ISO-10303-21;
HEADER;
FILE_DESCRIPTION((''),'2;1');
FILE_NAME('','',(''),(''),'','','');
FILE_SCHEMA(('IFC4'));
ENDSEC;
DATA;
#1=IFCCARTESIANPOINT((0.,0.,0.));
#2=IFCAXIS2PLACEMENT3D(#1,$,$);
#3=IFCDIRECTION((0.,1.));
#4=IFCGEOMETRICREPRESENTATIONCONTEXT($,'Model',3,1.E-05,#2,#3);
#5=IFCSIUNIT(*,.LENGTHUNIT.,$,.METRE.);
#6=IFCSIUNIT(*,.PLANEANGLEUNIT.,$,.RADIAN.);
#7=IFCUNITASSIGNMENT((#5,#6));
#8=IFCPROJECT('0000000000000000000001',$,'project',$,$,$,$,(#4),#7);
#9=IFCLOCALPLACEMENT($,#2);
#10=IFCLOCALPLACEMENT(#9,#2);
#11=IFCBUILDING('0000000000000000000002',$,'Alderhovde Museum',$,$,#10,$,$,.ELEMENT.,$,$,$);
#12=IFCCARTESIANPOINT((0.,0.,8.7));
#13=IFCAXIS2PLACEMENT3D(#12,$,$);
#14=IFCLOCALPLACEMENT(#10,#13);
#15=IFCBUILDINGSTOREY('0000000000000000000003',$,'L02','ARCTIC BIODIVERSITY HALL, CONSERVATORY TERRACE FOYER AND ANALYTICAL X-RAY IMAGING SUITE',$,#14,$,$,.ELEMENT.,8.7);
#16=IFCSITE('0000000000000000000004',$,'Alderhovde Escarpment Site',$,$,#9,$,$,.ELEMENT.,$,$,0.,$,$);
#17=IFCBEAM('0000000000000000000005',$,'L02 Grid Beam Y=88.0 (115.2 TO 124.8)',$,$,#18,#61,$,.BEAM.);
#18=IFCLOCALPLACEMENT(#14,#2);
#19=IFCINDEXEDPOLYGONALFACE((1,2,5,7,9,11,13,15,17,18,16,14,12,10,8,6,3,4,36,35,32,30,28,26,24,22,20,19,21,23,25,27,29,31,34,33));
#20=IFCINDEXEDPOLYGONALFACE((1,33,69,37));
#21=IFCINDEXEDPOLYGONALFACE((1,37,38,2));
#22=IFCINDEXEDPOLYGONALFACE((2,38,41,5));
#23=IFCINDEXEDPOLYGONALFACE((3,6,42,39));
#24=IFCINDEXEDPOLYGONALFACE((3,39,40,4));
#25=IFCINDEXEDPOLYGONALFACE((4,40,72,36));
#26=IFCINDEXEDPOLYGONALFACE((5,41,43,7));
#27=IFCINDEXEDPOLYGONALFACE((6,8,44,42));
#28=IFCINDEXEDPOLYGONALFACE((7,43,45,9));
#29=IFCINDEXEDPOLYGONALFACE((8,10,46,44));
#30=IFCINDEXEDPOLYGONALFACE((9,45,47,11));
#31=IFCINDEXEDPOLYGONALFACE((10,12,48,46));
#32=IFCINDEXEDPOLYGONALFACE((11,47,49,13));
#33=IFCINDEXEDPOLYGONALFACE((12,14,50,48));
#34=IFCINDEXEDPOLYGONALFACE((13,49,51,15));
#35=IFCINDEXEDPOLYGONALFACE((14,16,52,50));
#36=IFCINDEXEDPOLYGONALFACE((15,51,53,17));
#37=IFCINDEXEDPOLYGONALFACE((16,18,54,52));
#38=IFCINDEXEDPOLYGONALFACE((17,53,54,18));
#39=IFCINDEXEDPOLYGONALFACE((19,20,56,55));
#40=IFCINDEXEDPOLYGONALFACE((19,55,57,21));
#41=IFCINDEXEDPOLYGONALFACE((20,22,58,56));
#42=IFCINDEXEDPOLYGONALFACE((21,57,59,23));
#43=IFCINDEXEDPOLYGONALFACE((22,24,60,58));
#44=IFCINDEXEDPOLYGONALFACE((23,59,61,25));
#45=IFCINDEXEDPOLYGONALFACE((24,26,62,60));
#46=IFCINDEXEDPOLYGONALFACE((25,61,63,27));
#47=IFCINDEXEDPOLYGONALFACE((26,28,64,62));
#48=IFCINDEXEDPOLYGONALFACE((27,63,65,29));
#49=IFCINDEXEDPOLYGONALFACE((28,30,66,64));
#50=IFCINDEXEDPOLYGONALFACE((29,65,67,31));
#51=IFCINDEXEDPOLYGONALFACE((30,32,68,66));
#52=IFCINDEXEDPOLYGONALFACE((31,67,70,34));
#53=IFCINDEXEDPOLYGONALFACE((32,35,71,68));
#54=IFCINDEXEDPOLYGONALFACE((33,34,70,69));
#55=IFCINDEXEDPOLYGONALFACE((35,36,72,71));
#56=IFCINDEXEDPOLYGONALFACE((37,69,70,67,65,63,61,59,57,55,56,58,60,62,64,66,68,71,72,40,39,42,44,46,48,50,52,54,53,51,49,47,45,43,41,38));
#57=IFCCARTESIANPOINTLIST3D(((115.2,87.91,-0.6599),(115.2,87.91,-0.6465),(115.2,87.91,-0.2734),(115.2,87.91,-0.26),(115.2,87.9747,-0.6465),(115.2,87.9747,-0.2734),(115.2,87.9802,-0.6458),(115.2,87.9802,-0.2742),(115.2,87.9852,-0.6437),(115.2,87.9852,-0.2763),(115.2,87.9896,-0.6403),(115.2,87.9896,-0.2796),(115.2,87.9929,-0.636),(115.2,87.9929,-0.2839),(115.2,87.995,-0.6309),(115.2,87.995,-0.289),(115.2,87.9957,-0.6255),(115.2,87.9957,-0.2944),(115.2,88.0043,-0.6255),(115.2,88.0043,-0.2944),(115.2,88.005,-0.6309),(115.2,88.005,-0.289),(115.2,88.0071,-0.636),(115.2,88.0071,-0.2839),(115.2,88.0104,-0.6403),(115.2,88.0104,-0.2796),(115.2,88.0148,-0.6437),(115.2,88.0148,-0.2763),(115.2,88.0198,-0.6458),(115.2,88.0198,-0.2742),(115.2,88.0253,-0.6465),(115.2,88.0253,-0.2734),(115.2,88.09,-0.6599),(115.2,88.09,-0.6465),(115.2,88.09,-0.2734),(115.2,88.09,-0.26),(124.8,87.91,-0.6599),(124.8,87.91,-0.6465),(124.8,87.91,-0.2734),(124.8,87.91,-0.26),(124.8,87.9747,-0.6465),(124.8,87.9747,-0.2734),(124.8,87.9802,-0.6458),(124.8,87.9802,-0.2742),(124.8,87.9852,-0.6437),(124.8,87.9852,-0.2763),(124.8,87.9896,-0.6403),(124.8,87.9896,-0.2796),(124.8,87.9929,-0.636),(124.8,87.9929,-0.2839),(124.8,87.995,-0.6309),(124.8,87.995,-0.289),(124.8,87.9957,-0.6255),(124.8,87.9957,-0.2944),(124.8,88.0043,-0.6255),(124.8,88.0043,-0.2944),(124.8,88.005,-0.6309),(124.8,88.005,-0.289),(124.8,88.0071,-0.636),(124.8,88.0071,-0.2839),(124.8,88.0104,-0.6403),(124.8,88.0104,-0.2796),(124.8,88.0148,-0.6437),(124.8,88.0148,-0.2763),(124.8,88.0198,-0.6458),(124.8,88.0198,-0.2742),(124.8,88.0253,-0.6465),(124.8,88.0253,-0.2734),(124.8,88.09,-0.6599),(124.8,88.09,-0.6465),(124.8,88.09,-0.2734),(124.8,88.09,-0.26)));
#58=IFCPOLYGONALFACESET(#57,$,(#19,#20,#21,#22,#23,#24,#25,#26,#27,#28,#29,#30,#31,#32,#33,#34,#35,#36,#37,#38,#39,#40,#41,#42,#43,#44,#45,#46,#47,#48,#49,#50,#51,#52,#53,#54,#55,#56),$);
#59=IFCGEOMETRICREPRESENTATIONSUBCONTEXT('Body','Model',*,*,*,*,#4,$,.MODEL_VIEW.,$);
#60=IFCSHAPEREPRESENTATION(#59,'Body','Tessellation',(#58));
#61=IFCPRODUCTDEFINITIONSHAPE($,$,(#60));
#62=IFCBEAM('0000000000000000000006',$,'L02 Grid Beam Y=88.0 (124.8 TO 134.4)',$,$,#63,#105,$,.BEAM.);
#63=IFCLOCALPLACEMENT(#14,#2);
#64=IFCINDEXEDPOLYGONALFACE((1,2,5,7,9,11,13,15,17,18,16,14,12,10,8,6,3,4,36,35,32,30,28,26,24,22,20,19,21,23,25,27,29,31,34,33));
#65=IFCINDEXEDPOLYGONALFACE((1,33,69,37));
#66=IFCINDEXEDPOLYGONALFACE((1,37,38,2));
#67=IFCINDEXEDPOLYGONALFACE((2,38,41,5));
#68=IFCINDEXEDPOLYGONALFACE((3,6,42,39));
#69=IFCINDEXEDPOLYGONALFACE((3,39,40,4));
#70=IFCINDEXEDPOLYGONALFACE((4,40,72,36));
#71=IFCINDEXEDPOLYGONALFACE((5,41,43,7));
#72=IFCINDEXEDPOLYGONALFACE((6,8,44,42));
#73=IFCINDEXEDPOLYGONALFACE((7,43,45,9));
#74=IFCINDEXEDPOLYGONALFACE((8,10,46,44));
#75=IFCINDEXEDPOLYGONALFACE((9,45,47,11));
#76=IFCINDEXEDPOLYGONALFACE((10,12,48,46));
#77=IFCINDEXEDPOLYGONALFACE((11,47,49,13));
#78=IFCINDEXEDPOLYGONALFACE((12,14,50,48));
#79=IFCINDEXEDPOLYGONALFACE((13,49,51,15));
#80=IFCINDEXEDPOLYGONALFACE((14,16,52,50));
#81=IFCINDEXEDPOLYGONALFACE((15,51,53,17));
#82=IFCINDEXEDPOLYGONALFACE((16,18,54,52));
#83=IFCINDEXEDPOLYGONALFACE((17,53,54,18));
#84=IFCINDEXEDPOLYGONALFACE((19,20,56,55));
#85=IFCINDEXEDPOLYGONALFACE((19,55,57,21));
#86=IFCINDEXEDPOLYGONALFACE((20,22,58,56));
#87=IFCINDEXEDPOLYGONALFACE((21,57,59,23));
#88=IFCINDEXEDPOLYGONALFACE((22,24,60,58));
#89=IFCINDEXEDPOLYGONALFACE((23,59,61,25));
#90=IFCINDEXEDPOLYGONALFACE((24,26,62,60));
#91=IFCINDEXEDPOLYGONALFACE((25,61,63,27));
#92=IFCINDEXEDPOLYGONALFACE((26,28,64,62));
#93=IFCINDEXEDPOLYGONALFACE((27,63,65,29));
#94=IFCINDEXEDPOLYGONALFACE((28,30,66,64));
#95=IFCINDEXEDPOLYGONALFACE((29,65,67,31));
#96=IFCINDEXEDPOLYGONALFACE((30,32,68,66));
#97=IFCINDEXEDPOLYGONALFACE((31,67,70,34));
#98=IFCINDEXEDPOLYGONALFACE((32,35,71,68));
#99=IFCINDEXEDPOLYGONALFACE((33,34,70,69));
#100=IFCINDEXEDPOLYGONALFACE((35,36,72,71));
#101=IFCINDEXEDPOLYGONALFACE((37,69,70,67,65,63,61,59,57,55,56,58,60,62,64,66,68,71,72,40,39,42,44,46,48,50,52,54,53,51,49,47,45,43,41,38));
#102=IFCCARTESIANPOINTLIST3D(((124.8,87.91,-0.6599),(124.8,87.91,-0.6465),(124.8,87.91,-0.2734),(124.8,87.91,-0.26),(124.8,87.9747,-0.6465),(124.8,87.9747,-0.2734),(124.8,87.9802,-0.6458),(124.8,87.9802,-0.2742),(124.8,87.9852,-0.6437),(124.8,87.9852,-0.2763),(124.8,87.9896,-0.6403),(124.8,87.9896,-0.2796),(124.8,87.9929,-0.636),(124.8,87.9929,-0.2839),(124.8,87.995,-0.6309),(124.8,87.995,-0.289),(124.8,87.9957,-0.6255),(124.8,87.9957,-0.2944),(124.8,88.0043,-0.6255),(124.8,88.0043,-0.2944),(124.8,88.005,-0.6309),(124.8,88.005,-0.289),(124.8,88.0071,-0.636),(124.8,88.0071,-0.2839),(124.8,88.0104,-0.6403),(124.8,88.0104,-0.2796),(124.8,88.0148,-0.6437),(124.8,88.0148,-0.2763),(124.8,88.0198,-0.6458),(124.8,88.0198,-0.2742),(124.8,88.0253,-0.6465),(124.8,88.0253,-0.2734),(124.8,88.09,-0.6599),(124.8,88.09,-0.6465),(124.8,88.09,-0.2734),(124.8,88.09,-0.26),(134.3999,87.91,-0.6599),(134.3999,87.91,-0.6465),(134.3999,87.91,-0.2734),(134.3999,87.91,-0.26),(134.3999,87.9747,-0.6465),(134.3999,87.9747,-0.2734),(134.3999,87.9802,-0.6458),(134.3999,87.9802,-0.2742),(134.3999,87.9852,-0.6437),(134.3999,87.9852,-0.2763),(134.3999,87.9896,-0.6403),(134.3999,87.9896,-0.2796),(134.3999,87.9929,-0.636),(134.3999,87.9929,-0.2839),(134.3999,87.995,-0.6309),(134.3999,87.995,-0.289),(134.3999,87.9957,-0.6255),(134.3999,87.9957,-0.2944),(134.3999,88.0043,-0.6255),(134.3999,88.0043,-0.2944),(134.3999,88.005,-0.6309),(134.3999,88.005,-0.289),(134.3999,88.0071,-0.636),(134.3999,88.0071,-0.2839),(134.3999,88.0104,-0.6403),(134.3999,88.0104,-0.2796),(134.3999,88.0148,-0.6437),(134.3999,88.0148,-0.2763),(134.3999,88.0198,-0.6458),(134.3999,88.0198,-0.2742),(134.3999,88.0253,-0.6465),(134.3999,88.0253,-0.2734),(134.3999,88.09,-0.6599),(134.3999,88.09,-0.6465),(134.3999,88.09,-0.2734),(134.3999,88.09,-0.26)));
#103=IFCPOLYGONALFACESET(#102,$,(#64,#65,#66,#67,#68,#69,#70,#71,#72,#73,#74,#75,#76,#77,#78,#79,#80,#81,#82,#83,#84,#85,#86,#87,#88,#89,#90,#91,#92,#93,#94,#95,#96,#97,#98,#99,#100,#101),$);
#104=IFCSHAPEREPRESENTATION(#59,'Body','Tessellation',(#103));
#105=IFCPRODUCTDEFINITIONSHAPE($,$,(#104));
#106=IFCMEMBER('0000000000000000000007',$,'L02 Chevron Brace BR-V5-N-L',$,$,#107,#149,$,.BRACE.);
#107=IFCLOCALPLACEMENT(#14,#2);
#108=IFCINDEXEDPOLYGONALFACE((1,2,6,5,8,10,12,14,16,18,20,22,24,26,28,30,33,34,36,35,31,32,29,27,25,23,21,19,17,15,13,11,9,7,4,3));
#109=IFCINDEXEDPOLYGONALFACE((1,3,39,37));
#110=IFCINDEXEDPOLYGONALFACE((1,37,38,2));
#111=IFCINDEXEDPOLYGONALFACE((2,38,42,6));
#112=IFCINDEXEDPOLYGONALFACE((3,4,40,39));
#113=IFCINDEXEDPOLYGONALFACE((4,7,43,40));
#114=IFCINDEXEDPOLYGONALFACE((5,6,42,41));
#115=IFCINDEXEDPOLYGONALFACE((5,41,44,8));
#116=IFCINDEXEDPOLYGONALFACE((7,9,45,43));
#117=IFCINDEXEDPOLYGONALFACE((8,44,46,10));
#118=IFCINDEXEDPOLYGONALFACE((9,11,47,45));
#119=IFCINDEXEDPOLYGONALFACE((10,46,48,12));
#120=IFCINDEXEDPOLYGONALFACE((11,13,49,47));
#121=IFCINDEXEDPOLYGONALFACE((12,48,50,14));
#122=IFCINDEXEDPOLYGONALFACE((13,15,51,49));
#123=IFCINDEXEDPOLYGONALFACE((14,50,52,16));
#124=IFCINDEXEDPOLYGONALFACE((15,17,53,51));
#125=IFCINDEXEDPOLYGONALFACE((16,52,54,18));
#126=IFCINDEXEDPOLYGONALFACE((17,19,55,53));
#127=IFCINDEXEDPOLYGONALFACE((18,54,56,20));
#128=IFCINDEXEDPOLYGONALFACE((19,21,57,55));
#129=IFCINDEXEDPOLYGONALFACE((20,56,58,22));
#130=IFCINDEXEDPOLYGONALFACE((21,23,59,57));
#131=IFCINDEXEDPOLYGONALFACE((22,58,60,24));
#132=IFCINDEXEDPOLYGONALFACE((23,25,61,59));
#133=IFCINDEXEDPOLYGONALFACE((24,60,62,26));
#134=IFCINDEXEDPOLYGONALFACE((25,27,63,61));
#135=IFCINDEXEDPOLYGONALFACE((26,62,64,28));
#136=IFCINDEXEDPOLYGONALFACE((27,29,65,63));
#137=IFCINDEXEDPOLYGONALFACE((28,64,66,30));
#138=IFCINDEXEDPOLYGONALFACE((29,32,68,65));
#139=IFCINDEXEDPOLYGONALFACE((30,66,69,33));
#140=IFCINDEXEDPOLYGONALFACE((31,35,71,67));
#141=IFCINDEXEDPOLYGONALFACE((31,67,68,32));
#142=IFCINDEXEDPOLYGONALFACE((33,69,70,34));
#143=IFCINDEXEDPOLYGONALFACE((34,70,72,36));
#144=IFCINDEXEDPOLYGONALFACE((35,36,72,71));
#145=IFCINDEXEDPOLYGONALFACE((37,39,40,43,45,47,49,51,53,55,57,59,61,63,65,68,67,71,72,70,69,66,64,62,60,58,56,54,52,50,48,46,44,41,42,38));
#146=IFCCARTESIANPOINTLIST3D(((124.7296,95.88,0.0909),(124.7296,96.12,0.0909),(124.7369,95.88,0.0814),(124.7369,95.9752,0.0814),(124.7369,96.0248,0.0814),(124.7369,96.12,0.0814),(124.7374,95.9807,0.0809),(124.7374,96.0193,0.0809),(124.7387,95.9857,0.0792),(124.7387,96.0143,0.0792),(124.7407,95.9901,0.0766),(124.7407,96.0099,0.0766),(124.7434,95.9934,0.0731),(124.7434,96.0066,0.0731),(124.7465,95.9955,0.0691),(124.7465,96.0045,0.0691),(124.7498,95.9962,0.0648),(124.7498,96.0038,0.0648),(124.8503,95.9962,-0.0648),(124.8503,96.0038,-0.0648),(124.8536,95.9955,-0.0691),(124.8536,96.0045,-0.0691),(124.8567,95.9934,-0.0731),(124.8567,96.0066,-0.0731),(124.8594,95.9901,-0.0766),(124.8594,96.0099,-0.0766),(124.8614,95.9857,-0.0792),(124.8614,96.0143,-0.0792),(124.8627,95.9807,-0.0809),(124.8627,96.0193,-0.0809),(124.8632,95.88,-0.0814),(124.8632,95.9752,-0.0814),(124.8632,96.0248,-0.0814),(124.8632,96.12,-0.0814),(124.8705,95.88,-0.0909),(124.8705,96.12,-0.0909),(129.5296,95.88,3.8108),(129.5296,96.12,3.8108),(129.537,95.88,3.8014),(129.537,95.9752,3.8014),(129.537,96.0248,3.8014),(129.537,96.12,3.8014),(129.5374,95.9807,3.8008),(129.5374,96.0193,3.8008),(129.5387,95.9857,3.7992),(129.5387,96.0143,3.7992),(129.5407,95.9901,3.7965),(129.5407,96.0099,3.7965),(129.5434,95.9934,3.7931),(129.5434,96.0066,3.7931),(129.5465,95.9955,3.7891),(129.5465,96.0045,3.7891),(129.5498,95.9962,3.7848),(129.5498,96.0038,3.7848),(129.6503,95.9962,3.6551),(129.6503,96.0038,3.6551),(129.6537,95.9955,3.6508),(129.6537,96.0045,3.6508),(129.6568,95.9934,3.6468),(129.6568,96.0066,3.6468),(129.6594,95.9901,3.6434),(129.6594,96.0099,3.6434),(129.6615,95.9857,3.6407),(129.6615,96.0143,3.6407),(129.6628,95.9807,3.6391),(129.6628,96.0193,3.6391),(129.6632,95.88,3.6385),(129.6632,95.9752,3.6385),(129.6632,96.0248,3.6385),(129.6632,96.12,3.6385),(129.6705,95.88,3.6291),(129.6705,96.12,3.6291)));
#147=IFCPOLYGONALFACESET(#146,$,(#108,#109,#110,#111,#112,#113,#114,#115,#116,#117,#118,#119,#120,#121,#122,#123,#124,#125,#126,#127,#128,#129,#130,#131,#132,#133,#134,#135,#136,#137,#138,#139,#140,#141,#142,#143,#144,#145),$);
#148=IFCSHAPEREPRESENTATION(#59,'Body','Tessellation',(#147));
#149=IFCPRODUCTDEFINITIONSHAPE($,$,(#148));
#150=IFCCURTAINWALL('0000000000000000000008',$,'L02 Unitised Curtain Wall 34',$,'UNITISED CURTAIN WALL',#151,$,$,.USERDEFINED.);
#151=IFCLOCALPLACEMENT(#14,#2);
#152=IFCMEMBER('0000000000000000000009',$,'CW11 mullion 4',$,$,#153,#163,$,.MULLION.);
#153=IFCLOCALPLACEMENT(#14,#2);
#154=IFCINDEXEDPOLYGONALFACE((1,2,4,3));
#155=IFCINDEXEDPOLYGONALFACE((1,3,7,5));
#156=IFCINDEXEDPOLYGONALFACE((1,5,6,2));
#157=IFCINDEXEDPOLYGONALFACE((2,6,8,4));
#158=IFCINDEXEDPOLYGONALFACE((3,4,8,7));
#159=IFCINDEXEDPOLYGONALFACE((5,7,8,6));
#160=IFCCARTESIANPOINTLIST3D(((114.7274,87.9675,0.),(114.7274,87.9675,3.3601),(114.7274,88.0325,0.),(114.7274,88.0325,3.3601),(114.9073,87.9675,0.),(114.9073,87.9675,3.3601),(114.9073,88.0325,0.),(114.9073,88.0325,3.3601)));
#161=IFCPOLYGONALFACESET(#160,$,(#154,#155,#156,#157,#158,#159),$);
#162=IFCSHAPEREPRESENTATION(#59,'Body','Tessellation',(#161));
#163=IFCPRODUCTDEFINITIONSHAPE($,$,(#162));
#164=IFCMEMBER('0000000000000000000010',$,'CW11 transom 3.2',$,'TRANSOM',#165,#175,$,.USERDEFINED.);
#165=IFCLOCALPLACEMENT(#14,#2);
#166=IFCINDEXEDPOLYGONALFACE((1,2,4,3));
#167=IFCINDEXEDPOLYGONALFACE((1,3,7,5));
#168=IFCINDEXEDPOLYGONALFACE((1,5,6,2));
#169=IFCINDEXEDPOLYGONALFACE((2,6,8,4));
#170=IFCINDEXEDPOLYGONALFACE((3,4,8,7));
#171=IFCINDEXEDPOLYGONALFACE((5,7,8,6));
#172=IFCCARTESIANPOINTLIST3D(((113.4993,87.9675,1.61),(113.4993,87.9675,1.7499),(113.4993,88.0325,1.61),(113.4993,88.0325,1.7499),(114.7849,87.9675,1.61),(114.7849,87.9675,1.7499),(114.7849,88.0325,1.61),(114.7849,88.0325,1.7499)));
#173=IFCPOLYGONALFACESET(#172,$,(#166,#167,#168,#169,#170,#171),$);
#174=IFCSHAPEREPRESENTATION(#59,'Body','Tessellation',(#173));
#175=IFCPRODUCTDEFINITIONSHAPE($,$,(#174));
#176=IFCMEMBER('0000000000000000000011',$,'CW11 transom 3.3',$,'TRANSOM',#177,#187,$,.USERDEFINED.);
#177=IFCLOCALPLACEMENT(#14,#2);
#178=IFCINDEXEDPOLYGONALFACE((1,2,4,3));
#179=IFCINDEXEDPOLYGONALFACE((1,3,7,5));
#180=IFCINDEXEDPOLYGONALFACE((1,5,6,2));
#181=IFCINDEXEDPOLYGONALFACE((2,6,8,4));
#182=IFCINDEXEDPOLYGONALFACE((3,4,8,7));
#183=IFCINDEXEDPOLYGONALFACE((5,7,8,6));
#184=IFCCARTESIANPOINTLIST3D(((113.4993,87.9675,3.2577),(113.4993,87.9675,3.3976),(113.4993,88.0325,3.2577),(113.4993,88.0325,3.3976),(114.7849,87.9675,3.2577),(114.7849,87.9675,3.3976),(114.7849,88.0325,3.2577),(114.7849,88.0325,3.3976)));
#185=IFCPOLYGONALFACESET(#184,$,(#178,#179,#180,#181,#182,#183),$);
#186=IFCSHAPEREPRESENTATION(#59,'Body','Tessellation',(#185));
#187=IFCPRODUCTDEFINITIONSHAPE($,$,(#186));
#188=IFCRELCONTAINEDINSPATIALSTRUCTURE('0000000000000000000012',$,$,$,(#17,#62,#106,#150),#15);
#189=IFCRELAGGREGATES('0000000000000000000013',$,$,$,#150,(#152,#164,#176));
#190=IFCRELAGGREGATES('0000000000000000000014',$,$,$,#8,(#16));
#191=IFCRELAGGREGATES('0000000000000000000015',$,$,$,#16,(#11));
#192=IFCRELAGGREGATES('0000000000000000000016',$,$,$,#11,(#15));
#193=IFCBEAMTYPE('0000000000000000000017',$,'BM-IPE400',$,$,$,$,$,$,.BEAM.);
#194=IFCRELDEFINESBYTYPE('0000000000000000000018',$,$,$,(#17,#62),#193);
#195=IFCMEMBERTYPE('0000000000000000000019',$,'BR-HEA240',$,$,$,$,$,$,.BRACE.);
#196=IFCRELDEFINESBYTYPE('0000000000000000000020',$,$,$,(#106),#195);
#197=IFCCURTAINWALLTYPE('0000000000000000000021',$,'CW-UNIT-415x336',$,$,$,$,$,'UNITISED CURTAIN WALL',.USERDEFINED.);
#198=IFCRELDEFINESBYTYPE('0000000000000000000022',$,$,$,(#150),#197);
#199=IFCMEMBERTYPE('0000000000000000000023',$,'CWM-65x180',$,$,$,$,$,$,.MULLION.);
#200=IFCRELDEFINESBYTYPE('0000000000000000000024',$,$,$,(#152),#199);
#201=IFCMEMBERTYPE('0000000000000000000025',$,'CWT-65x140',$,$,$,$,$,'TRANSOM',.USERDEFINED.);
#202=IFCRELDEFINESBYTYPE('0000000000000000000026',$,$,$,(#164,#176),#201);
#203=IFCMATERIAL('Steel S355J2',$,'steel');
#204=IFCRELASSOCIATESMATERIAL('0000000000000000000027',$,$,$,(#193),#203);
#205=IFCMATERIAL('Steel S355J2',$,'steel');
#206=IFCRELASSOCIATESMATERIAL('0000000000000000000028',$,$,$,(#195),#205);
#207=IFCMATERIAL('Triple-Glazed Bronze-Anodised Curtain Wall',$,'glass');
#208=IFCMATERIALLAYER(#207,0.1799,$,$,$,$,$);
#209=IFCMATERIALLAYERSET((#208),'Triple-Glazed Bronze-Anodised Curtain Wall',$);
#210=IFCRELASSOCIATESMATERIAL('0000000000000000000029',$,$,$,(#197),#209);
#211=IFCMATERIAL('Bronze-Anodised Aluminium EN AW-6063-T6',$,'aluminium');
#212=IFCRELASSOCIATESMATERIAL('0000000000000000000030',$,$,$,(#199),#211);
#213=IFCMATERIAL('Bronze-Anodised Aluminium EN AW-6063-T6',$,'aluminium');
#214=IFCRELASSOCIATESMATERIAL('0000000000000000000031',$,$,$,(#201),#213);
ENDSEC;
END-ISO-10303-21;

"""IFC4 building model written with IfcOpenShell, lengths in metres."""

from ifc_helpers import new_model, si_unit, direction, frame, origin, origin_2d, place, context, subcontext, project, spatial, rectangle, i_section, extrude, material, layer, layer_set, material_profile, profile_set, type_object, element, aggregate, save


model = new_model("IFC4")

# Units and contexts
model_context = context("Model", 3, precision=1e-05, world=origin(), true_north=direction((0.0, 1.0)))
body_context = subcontext(model_context, "Body", "Model", "MODEL_VIEW")
ifc_project = project(units=[si_unit("LENGTHUNIT", "METRE"), si_unit("PLANEANGLEUNIT", "RADIAN")], contexts=[model_context])

# Site, building, storey
site_placement = place(None, origin())
site = spatial("IfcSite", under=ifc_project, at=site_placement, Name="Alderhovde Escarpment Site", CompositionType="ELEMENT", RefElevation=0.0)
building_placement = place(site_placement, origin())
building = spatial("IfcBuilding", under=site, at=building_placement, Name="Alderhovde Museum", CompositionType="ELEMENT")
storey_placement = place(building_placement, frame((0.0, 0.0, 8.7)))
storey = spatial("IfcBuildingStorey", under=building, at=storey_placement, Name="L02", Description="ARCTIC BIODIVERSITY HALL, CONSERVATORY TERRACE FOYER AND ANALYTICAL X-RAY IMAGING SUITE", CompositionType="ELEMENT", Elevation=8.7)

# Beams
ifc_material_1 = material(Name="Steel S355J2", Category="steel")
ifc_material_profile_1 = material_profile(ifc_material_1, i_section(OverallWidth=0.1799, OverallDepth=0.3999, WebThickness=0.0085, FlangeThickness=0.0134, FilletRadius=0.021, at=origin_2d()), Name="IPE 400")
ifc_profile_set_1 = profile_set([ifc_material_profile_1], Name="Steel S355J2")
beam_type_1 = type_object("IfcBeamType", Name="BM-IPE400", PredefinedType="BEAM", material=ifc_profile_set_1)
beam_1_placement = place(storey_placement, frame((115.2, 88.0, -0.46), z_axis=(1.0, 0.0, 0.0), x_axis=(0.0, 1.0, 0.0)))
element("IfcBeam", 1, at=beam_1_placement, inside=storey, type_object=beam_type_1, Name="L02 Grid Beam Y=88.0 (115.2 TO 124.8)", PredefinedType="BEAM", context=body_context, shape_type="SweptSolid", body=[
    extrude(i_section(OverallWidth=0.1799, OverallDepth=0.3999, WebThickness=0.0085, FlangeThickness=0.0134, FilletRadius=0.021, at=origin_2d()), origin(), (0.0, 0.0, 1.0), 9.6001),
])
beam_2_placement = place(storey_placement, frame((124.8, 88.0, -0.46), z_axis=(1.0, 0.0, 0.0), x_axis=(0.0, 1.0, 0.0)))
element("IfcBeam", 2, at=beam_2_placement, inside=storey, type_object=beam_type_1, Name="L02 Grid Beam Y=88.0 (124.8 TO 134.4)", PredefinedType="BEAM", context=body_context, shape_type="SweptSolid", body=[
    extrude(i_section(OverallWidth=0.1799, OverallDepth=0.3999, WebThickness=0.0085, FlangeThickness=0.0134, FilletRadius=0.021, at=origin_2d()), origin(), (0.0, 0.0, 1.0), 9.5999),
])

# Member
ifc_material_2 = material(Name="Steel S355J2", Category="steel")
ifc_material_profile_2 = material_profile(ifc_material_2, i_section(OverallWidth=0.24, OverallDepth=0.23, WebThickness=0.0076, FlangeThickness=0.012, FilletRadius=0.021, at=origin_2d()), Name="HEA 240")
ifc_profile_set_2 = profile_set([ifc_material_profile_2], Name="Steel S355J2")
member_type_1 = type_object("IfcMemberType", Name="BR-HEA240", PredefinedType="BRACE", material=ifc_profile_set_2)
member_1_placement = place(storey_placement, frame((124.8, 96.0, 0.0), z_axis=(0.79042, 0.0, 0.612565), x_axis=(0.0, 1.0, 0.0)))
element("IfcMember", 3, at=member_1_placement, inside=storey, type_object=member_type_1, Name="L02 Chevron Brace BR-V5-N-L", PredefinedType="BRACE", context=body_context, shape_type="SweptSolid", body=[
    extrude(i_section(OverallWidth=0.24, OverallDepth=0.23, WebThickness=0.0076, FlangeThickness=0.012, FilletRadius=0.021, at=origin_2d()), origin(), (0.0, 0.0, 1.0), 6.0728),
])

# Curtain wall, members
ifc_material_3 = material(Name="Triple-Glazed Bronze-Anodised Curtain Wall", Category="glass")
ifc_layer_1 = layer(ifc_material_3, 0.1799)
ifc_layer_set_1 = layer_set([ifc_layer_1], Name="Triple-Glazed Bronze-Anodised Curtain Wall")
curtain_wall_type = type_object("IfcCurtainWallType", Name="CW-UNIT-415x336", ElementType="UNITISED CURTAIN WALL", PredefinedType="USERDEFINED", material=ifc_layer_set_1)
curtain_wall_placement = place(storey_placement, origin())
curtain_wall = element("IfcCurtainWall", 4, at=curtain_wall_placement, inside=storey, type_object=curtain_wall_type, Name="L02 Unitised Curtain Wall 34", ObjectType="UNITISED CURTAIN WALL", PredefinedType="USERDEFINED")
ifc_material_4 = material(Name="Bronze-Anodised Aluminium EN AW-6063-T6", Category="aluminium")
ifc_material_profile_3 = material_profile(ifc_material_4, rectangle(XDim=0.0649, YDim=0.1799, at=origin_2d()), Name="MULLION 65x180")
ifc_profile_set_3 = profile_set([ifc_material_profile_3], Name="Bronze-Anodised Aluminium EN AW-6063-T6")
member_type_2 = type_object("IfcMemberType", Name="CWM-65x180", PredefinedType="MULLION", material=ifc_profile_set_3)
member_2_placement = place(storey_placement, frame((114.8174, 88.0, 0.0), z_axis=(0.0, 0.0, 1.0), x_axis=(0.0, 1.0, 0.0)))
member_2 = element("IfcMember", 5, at=member_2_placement, type_object=member_type_2, Name="CW11 mullion 4", PredefinedType="MULLION", context=body_context, shape_type="SweptSolid", body=[
    extrude(rectangle(XDim=0.0649, YDim=0.1799, at=origin_2d()), origin(), (0.0, 0.0, 1.0), 3.3601),
])
ifc_material_5 = material(Name="Bronze-Anodised Aluminium EN AW-6063-T6", Category="aluminium")
ifc_material_profile_4 = material_profile(ifc_material_5, rectangle(XDim=0.0649, YDim=0.1399, at=origin_2d()), Name="TRANSOM 65x140")
ifc_profile_set_4 = profile_set([ifc_material_profile_4], Name="Bronze-Anodised Aluminium EN AW-6063-T6")
member_type_3 = type_object("IfcMemberType", Name="CWT-65x140", ElementType="TRANSOM", PredefinedType="USERDEFINED", material=ifc_profile_set_4)
member_3_placement = place(storey_placement, frame((113.4993, 88.0, 1.6799), z_axis=(1.0, 0.0, 0.0), x_axis=(0.0, 1.0, 0.0)))
member_3 = element("IfcMember", 6, at=member_3_placement, type_object=member_type_3, Name="CW11 transom 3.2", ObjectType="TRANSOM", PredefinedType="USERDEFINED", context=body_context, shape_type="SweptSolid", body=[
    extrude(rectangle(XDim=0.0649, YDim=0.1399, at=origin_2d()), origin(), (0.0, 0.0, 1.0), 1.2856),
])
member_4_placement = place(storey_placement, frame((113.4993, 88.0, 3.3276), z_axis=(1.0, 0.0, 0.0), x_axis=(0.0, 1.0, 0.0)))
member_4 = element("IfcMember", 7, at=member_4_placement, type_object=member_type_3, Name="CW11 transom 3.3", ObjectType="TRANSOM", PredefinedType="USERDEFINED", context=body_context, shape_type="SweptSolid", body=[
    extrude(rectangle(XDim=0.0649, YDim=0.1399, at=origin_2d()), origin(), (0.0, 0.0, 1.0), 1.2856),
])

aggregate(curtain_wall, [member_2, member_3, member_4])

save(model, "model.ifc")
